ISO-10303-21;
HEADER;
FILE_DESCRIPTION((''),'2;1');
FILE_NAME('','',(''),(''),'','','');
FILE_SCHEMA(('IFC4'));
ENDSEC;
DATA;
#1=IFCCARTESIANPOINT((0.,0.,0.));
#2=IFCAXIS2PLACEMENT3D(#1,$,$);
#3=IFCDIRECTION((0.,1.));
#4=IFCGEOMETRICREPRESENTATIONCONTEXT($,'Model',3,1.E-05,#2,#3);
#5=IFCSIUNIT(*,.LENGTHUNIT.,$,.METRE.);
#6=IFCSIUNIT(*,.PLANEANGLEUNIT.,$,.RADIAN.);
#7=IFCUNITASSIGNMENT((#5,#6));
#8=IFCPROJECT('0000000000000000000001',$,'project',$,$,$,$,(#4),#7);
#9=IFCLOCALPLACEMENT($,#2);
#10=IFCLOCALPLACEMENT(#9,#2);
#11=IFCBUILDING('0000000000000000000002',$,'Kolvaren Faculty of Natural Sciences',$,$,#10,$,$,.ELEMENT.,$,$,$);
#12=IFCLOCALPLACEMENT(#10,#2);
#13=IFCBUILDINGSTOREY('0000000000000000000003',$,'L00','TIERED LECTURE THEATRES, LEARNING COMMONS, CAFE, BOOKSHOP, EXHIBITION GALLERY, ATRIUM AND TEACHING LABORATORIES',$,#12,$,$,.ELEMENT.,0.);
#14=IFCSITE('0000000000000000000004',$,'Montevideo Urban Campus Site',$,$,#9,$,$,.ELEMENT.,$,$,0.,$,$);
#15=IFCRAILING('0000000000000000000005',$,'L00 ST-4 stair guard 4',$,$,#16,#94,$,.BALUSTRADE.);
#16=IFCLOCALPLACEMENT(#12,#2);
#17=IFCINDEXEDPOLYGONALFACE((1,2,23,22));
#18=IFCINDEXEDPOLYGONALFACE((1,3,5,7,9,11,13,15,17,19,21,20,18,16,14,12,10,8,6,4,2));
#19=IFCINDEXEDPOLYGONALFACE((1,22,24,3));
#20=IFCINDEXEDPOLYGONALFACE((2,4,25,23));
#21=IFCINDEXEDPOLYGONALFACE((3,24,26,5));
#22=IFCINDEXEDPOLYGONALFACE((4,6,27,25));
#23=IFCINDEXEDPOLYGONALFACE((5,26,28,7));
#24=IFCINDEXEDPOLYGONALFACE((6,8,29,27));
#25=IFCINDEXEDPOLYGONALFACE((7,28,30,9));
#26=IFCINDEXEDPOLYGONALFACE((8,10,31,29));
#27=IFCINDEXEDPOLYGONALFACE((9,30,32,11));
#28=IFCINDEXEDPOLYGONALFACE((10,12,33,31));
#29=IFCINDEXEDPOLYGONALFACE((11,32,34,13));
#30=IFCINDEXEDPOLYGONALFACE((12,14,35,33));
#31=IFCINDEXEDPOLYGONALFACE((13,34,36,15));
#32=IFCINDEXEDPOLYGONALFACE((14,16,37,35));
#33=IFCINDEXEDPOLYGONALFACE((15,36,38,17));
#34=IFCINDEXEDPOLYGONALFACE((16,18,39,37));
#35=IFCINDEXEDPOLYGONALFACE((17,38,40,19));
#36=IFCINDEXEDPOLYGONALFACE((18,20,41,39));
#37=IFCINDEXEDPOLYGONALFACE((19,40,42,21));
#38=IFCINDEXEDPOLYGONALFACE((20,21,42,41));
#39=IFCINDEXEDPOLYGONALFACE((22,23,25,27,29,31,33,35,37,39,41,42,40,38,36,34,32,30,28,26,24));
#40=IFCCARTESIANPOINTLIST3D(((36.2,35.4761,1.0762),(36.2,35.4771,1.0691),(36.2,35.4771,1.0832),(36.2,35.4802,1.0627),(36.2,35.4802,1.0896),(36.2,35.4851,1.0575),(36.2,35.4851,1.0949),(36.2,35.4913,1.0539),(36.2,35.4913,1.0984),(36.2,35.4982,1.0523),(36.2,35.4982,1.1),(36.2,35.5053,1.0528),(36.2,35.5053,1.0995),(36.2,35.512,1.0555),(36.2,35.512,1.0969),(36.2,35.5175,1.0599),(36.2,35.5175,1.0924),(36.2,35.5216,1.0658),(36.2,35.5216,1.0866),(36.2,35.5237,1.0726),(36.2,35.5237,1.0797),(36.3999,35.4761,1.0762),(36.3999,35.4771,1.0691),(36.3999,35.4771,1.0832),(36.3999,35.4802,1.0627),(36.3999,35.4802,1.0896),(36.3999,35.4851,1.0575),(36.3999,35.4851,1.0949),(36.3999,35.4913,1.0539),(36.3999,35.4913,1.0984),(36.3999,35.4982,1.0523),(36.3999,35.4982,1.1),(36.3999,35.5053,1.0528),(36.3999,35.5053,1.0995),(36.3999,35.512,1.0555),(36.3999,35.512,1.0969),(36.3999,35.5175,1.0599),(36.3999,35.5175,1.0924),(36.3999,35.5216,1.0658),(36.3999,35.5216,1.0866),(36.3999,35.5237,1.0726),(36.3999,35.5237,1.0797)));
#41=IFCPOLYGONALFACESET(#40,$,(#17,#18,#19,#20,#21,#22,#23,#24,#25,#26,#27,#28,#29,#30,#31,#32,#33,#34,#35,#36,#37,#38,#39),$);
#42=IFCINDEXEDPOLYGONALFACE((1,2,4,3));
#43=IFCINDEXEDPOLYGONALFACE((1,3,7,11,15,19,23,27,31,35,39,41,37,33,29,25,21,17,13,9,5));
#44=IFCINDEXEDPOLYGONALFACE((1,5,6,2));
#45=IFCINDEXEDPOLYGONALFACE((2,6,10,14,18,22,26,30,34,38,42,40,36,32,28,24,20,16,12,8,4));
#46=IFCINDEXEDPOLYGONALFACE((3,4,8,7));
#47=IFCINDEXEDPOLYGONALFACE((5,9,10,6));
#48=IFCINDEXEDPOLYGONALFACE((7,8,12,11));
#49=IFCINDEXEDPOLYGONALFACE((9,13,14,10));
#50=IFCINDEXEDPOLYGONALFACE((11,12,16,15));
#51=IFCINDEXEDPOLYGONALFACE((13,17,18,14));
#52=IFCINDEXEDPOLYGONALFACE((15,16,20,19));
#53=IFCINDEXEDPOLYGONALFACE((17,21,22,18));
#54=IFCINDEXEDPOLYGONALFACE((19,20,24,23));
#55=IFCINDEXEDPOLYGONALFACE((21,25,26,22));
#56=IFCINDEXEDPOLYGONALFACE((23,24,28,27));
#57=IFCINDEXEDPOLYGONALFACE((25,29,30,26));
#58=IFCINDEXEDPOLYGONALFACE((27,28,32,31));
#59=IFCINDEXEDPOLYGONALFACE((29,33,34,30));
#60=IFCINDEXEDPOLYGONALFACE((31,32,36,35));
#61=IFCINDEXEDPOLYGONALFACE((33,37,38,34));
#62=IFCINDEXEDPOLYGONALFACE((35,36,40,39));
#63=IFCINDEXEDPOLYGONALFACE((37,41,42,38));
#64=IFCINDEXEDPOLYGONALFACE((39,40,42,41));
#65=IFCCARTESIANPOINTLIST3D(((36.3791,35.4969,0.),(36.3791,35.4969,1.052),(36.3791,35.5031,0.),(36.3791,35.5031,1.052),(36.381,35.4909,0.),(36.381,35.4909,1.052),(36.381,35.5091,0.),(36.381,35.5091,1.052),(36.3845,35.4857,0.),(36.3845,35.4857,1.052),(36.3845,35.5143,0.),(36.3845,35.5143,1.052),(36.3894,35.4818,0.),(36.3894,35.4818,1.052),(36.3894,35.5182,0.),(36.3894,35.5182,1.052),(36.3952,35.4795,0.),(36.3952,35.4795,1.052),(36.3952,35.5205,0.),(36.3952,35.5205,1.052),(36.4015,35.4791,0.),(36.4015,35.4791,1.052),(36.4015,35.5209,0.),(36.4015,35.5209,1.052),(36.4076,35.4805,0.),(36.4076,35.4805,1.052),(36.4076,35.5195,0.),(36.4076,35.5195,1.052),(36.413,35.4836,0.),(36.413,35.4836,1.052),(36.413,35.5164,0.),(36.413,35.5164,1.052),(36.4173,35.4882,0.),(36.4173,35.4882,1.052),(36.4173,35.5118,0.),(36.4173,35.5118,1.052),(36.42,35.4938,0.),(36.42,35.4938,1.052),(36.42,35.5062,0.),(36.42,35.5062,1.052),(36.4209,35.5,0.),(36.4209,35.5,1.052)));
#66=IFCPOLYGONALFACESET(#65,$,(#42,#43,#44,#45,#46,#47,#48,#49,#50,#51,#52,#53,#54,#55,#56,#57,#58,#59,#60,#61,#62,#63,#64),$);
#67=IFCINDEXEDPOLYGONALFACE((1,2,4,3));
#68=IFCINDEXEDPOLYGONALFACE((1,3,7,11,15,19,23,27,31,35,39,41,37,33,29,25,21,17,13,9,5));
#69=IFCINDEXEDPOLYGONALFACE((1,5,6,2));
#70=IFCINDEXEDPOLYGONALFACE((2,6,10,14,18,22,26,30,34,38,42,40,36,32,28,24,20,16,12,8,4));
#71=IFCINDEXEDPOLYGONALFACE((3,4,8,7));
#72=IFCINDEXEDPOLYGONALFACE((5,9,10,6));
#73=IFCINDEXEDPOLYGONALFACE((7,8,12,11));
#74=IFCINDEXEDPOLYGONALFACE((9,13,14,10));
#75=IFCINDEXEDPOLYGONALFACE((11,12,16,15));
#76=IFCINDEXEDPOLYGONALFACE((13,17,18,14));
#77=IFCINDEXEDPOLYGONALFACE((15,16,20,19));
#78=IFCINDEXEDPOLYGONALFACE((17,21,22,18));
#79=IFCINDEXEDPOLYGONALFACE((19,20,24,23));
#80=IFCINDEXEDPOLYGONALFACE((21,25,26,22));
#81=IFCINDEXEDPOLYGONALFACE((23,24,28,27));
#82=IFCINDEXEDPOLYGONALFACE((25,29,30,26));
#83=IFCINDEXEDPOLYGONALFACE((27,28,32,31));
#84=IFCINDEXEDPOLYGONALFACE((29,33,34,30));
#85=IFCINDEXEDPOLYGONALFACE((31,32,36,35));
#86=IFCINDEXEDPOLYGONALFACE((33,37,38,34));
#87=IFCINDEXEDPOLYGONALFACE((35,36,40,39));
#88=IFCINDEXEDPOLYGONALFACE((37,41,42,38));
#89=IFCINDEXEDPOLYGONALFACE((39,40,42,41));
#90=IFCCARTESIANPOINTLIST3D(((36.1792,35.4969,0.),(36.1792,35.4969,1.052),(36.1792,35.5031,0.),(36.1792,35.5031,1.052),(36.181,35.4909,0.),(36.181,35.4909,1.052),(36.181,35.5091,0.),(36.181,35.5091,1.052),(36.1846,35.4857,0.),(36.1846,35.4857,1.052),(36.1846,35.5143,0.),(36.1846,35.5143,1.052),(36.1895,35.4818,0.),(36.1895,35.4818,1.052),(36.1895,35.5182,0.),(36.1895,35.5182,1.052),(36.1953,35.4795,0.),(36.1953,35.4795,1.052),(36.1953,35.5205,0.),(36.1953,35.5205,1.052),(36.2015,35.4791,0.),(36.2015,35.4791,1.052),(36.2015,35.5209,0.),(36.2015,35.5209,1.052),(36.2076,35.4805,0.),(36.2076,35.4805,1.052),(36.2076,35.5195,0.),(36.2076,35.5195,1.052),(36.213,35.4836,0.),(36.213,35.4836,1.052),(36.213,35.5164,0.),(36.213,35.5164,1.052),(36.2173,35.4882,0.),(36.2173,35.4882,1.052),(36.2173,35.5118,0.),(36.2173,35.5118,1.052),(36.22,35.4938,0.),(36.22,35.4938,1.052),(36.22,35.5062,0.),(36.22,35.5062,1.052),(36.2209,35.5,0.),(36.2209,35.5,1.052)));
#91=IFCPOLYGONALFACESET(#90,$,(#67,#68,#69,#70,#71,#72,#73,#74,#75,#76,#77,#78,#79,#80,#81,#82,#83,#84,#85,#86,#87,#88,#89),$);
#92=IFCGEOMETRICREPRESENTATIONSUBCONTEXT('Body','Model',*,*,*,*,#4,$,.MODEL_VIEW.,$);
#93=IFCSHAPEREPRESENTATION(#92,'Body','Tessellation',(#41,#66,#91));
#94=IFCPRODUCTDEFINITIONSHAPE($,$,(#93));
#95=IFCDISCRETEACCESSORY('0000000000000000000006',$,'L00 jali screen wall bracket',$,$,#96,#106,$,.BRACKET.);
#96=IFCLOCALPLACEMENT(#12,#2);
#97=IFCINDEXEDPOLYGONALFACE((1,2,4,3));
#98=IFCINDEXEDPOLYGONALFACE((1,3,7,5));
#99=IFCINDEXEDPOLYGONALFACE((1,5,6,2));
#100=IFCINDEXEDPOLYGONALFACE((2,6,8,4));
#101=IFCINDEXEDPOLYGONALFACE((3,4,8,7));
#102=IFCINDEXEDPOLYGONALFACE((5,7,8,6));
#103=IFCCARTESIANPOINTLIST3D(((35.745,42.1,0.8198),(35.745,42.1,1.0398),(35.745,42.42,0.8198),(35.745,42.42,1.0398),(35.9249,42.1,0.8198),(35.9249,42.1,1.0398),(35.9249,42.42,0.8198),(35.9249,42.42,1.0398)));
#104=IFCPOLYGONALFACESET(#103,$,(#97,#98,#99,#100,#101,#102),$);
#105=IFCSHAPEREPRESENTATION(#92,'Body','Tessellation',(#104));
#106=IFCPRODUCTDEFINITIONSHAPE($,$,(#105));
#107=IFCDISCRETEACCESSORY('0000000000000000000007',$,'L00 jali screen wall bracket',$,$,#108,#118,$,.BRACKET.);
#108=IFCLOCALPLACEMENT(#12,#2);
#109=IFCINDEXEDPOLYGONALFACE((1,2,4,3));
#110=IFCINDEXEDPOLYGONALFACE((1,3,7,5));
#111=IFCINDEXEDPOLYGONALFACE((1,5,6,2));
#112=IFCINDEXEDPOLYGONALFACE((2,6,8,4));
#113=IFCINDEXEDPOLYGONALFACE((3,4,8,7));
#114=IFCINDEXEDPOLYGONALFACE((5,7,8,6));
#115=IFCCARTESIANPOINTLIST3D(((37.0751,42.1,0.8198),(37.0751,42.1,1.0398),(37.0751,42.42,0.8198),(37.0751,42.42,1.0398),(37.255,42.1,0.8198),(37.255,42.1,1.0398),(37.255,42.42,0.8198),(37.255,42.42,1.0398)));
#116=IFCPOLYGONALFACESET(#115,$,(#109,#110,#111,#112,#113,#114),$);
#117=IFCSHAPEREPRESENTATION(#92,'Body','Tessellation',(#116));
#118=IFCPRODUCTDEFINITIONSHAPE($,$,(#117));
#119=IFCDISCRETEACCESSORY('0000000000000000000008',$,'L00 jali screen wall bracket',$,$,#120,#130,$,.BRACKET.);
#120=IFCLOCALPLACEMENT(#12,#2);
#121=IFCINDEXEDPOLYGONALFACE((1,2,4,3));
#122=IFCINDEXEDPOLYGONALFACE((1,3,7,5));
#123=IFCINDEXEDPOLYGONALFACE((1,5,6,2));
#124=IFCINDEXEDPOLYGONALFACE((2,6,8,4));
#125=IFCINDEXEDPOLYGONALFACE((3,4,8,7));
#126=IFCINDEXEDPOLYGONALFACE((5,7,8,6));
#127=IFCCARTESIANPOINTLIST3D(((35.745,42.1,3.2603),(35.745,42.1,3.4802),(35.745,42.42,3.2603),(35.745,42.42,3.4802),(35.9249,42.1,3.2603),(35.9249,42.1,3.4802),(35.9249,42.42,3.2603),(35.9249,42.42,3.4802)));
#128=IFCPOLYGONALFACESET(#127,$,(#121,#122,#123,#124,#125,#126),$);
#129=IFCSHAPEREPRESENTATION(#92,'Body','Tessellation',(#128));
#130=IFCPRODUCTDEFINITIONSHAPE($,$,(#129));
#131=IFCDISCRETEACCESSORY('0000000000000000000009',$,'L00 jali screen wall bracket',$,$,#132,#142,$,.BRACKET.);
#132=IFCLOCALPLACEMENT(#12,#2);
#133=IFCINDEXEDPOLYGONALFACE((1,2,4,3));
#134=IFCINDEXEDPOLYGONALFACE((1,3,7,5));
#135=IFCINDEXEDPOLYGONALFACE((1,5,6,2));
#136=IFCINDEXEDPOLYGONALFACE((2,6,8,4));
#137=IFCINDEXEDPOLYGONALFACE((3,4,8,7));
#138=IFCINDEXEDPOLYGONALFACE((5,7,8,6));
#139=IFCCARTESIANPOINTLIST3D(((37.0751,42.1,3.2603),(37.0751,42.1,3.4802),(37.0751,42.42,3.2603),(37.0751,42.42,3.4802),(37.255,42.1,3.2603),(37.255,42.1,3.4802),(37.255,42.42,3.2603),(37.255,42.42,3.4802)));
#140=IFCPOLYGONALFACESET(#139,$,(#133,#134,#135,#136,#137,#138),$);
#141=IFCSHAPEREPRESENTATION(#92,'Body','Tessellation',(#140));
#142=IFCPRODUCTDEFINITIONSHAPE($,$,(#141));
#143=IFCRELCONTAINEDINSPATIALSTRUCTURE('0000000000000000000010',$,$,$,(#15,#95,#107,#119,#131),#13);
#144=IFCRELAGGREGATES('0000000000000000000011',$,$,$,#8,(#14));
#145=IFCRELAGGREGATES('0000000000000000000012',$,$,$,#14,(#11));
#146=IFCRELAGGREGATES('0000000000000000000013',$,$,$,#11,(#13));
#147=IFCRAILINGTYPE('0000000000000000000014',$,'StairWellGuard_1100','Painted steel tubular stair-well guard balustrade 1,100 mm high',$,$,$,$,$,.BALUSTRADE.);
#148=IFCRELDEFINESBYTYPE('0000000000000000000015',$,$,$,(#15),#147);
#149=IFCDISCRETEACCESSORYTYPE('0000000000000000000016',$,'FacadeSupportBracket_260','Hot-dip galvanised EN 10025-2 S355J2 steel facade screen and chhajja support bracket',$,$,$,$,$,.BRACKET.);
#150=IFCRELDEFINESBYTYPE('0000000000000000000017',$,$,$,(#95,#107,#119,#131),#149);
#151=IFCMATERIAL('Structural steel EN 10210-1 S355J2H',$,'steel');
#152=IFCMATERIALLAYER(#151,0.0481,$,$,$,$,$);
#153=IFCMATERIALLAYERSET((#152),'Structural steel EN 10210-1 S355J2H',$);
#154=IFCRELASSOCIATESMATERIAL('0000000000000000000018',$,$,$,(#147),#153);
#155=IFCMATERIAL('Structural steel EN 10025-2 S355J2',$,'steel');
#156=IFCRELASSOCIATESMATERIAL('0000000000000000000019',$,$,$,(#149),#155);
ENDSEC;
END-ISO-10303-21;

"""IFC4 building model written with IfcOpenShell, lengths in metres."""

from ifc_helpers import new_model, si_unit, direction, frame, origin, origin_2d, place, context, subcontext, project, spatial, rectangle, circle, extrude, material, layer, layer_set, type_object, element, save


model = new_model("IFC4")

# Units and contexts
model_context = context("Model", 3, precision=1e-05, world=origin(), true_north=direction((0.0, 1.0)))
body_context = subcontext(model_context, "Body", "Model", "MODEL_VIEW")
ifc_project = project(units=[si_unit("LENGTHUNIT", "METRE"), si_unit("PLANEANGLEUNIT", "RADIAN")], contexts=[model_context])

# Site, building, storey
site_placement = place(None, origin())
site = spatial("IfcSite", under=ifc_project, at=site_placement, Name="Montevideo Urban Campus Site", CompositionType="ELEMENT", RefElevation=0.0)
building_placement = place(site_placement, origin())
building = spatial("IfcBuilding", under=site, at=building_placement, Name="Kolvaren Faculty of Natural Sciences", CompositionType="ELEMENT")
storey_placement = place(building_placement, origin())
storey = spatial("IfcBuildingStorey", under=building, at=storey_placement, Name="L00", Description="TIERED LECTURE THEATRES, LEARNING COMMONS, CAFE, BOOKSHOP, EXHIBITION GALLERY, ATRIUM AND TEACHING LABORATORIES", CompositionType="ELEMENT", Elevation=0.0)

# Railing
ifc_material_1 = material(Name="Structural steel EN 10210-1 S355J2H", Category="steel")
ifc_layer_1 = layer(ifc_material_1, 0.0481)
ifc_layer_set_1 = layer_set([ifc_layer_1], Name="Structural steel EN 10210-1 S355J2H")
railing_type_1 = type_object("IfcRailingType", Name="StairWellGuard_1100", Description="Painted steel tubular stair-well guard balustrade 1,100 mm high", PredefinedType="BALUSTRADE", material=ifc_layer_set_1)
railing_1_placement = place(storey_placement, frame((36.3999, 35.5, 0.0)))
element("IfcRailing", 1, at=railing_1_placement, inside=storey, type_object=railing_type_1, Name="L00 ST-4 stair guard 4", PredefinedType="BALUSTRADE", context=body_context, shape_type="SweptSolid", body=[
    extrude(circle(Radius=0.0239, at=origin_2d()), frame((0.0, 0.0, 1.0762), z_axis=(-1.0, 0.0, 0.0), x_axis=(0.0, -1.0, 0.0)), (0.0, 0.0, 1.0), 0.2),
    extrude(circle(Radius=0.021, at=origin_2d()), origin(), (0.0, 0.0, 1.0), 1.052),
    extrude(circle(Radius=0.021, at=origin_2d()), frame((-0.2, 0.0, 0.0)), (0.0, 0.0, 1.0), 1.052),
])

# Discrete accessories
ifc_material_2 = material(Name="Structural steel EN 10025-2 S355J2", Category="steel")
discrete_accessory_type = type_object("IfcDiscreteAccessoryType", Name="FacadeSupportBracket_260", Description="Hot-dip galvanised EN 10025-2 S355J2 steel facade screen and chhajja support bracket", PredefinedType="BRACKET", material=ifc_material_2)
for number, where, z_axis, x_axis, name in (
    (2, (35.835, 42.26, 0.8198), (0.0, 0.0, 1.0), (1.0, 0.0, 0.0), "L00 jali screen wall bracket"),
    (3, (37.165, 42.26, 0.8198), (0.0, 0.0, 1.0), (1.0, 0.0, 0.0), "L00 jali screen wall bracket"),
    (4, (35.835, 42.26, 3.2603), (0.0, 0.0, 1.0), (1.0, 0.0, 0.0), "L00 jali screen wall bracket"),
    (5, (37.165, 42.26, 3.2603), (0.0, 0.0, 1.0), (1.0, 0.0, 0.0), "L00 jali screen wall bracket"),
):
    element("IfcDiscreteAccessory", number, at=place(storey_placement, frame(where, z_axis=z_axis, x_axis=x_axis)), inside=storey, type_object=discrete_accessory_type, Name=name, PredefinedType="BRACKET", context=body_context, shape_type="SweptSolid", body=[
        extrude(rectangle(XDim=0.1799, YDim=0.3201, at=origin_2d()), origin(), (0.0, 0.0, 1.0), 0.22),
    ])

save(model, "model.ifc")
